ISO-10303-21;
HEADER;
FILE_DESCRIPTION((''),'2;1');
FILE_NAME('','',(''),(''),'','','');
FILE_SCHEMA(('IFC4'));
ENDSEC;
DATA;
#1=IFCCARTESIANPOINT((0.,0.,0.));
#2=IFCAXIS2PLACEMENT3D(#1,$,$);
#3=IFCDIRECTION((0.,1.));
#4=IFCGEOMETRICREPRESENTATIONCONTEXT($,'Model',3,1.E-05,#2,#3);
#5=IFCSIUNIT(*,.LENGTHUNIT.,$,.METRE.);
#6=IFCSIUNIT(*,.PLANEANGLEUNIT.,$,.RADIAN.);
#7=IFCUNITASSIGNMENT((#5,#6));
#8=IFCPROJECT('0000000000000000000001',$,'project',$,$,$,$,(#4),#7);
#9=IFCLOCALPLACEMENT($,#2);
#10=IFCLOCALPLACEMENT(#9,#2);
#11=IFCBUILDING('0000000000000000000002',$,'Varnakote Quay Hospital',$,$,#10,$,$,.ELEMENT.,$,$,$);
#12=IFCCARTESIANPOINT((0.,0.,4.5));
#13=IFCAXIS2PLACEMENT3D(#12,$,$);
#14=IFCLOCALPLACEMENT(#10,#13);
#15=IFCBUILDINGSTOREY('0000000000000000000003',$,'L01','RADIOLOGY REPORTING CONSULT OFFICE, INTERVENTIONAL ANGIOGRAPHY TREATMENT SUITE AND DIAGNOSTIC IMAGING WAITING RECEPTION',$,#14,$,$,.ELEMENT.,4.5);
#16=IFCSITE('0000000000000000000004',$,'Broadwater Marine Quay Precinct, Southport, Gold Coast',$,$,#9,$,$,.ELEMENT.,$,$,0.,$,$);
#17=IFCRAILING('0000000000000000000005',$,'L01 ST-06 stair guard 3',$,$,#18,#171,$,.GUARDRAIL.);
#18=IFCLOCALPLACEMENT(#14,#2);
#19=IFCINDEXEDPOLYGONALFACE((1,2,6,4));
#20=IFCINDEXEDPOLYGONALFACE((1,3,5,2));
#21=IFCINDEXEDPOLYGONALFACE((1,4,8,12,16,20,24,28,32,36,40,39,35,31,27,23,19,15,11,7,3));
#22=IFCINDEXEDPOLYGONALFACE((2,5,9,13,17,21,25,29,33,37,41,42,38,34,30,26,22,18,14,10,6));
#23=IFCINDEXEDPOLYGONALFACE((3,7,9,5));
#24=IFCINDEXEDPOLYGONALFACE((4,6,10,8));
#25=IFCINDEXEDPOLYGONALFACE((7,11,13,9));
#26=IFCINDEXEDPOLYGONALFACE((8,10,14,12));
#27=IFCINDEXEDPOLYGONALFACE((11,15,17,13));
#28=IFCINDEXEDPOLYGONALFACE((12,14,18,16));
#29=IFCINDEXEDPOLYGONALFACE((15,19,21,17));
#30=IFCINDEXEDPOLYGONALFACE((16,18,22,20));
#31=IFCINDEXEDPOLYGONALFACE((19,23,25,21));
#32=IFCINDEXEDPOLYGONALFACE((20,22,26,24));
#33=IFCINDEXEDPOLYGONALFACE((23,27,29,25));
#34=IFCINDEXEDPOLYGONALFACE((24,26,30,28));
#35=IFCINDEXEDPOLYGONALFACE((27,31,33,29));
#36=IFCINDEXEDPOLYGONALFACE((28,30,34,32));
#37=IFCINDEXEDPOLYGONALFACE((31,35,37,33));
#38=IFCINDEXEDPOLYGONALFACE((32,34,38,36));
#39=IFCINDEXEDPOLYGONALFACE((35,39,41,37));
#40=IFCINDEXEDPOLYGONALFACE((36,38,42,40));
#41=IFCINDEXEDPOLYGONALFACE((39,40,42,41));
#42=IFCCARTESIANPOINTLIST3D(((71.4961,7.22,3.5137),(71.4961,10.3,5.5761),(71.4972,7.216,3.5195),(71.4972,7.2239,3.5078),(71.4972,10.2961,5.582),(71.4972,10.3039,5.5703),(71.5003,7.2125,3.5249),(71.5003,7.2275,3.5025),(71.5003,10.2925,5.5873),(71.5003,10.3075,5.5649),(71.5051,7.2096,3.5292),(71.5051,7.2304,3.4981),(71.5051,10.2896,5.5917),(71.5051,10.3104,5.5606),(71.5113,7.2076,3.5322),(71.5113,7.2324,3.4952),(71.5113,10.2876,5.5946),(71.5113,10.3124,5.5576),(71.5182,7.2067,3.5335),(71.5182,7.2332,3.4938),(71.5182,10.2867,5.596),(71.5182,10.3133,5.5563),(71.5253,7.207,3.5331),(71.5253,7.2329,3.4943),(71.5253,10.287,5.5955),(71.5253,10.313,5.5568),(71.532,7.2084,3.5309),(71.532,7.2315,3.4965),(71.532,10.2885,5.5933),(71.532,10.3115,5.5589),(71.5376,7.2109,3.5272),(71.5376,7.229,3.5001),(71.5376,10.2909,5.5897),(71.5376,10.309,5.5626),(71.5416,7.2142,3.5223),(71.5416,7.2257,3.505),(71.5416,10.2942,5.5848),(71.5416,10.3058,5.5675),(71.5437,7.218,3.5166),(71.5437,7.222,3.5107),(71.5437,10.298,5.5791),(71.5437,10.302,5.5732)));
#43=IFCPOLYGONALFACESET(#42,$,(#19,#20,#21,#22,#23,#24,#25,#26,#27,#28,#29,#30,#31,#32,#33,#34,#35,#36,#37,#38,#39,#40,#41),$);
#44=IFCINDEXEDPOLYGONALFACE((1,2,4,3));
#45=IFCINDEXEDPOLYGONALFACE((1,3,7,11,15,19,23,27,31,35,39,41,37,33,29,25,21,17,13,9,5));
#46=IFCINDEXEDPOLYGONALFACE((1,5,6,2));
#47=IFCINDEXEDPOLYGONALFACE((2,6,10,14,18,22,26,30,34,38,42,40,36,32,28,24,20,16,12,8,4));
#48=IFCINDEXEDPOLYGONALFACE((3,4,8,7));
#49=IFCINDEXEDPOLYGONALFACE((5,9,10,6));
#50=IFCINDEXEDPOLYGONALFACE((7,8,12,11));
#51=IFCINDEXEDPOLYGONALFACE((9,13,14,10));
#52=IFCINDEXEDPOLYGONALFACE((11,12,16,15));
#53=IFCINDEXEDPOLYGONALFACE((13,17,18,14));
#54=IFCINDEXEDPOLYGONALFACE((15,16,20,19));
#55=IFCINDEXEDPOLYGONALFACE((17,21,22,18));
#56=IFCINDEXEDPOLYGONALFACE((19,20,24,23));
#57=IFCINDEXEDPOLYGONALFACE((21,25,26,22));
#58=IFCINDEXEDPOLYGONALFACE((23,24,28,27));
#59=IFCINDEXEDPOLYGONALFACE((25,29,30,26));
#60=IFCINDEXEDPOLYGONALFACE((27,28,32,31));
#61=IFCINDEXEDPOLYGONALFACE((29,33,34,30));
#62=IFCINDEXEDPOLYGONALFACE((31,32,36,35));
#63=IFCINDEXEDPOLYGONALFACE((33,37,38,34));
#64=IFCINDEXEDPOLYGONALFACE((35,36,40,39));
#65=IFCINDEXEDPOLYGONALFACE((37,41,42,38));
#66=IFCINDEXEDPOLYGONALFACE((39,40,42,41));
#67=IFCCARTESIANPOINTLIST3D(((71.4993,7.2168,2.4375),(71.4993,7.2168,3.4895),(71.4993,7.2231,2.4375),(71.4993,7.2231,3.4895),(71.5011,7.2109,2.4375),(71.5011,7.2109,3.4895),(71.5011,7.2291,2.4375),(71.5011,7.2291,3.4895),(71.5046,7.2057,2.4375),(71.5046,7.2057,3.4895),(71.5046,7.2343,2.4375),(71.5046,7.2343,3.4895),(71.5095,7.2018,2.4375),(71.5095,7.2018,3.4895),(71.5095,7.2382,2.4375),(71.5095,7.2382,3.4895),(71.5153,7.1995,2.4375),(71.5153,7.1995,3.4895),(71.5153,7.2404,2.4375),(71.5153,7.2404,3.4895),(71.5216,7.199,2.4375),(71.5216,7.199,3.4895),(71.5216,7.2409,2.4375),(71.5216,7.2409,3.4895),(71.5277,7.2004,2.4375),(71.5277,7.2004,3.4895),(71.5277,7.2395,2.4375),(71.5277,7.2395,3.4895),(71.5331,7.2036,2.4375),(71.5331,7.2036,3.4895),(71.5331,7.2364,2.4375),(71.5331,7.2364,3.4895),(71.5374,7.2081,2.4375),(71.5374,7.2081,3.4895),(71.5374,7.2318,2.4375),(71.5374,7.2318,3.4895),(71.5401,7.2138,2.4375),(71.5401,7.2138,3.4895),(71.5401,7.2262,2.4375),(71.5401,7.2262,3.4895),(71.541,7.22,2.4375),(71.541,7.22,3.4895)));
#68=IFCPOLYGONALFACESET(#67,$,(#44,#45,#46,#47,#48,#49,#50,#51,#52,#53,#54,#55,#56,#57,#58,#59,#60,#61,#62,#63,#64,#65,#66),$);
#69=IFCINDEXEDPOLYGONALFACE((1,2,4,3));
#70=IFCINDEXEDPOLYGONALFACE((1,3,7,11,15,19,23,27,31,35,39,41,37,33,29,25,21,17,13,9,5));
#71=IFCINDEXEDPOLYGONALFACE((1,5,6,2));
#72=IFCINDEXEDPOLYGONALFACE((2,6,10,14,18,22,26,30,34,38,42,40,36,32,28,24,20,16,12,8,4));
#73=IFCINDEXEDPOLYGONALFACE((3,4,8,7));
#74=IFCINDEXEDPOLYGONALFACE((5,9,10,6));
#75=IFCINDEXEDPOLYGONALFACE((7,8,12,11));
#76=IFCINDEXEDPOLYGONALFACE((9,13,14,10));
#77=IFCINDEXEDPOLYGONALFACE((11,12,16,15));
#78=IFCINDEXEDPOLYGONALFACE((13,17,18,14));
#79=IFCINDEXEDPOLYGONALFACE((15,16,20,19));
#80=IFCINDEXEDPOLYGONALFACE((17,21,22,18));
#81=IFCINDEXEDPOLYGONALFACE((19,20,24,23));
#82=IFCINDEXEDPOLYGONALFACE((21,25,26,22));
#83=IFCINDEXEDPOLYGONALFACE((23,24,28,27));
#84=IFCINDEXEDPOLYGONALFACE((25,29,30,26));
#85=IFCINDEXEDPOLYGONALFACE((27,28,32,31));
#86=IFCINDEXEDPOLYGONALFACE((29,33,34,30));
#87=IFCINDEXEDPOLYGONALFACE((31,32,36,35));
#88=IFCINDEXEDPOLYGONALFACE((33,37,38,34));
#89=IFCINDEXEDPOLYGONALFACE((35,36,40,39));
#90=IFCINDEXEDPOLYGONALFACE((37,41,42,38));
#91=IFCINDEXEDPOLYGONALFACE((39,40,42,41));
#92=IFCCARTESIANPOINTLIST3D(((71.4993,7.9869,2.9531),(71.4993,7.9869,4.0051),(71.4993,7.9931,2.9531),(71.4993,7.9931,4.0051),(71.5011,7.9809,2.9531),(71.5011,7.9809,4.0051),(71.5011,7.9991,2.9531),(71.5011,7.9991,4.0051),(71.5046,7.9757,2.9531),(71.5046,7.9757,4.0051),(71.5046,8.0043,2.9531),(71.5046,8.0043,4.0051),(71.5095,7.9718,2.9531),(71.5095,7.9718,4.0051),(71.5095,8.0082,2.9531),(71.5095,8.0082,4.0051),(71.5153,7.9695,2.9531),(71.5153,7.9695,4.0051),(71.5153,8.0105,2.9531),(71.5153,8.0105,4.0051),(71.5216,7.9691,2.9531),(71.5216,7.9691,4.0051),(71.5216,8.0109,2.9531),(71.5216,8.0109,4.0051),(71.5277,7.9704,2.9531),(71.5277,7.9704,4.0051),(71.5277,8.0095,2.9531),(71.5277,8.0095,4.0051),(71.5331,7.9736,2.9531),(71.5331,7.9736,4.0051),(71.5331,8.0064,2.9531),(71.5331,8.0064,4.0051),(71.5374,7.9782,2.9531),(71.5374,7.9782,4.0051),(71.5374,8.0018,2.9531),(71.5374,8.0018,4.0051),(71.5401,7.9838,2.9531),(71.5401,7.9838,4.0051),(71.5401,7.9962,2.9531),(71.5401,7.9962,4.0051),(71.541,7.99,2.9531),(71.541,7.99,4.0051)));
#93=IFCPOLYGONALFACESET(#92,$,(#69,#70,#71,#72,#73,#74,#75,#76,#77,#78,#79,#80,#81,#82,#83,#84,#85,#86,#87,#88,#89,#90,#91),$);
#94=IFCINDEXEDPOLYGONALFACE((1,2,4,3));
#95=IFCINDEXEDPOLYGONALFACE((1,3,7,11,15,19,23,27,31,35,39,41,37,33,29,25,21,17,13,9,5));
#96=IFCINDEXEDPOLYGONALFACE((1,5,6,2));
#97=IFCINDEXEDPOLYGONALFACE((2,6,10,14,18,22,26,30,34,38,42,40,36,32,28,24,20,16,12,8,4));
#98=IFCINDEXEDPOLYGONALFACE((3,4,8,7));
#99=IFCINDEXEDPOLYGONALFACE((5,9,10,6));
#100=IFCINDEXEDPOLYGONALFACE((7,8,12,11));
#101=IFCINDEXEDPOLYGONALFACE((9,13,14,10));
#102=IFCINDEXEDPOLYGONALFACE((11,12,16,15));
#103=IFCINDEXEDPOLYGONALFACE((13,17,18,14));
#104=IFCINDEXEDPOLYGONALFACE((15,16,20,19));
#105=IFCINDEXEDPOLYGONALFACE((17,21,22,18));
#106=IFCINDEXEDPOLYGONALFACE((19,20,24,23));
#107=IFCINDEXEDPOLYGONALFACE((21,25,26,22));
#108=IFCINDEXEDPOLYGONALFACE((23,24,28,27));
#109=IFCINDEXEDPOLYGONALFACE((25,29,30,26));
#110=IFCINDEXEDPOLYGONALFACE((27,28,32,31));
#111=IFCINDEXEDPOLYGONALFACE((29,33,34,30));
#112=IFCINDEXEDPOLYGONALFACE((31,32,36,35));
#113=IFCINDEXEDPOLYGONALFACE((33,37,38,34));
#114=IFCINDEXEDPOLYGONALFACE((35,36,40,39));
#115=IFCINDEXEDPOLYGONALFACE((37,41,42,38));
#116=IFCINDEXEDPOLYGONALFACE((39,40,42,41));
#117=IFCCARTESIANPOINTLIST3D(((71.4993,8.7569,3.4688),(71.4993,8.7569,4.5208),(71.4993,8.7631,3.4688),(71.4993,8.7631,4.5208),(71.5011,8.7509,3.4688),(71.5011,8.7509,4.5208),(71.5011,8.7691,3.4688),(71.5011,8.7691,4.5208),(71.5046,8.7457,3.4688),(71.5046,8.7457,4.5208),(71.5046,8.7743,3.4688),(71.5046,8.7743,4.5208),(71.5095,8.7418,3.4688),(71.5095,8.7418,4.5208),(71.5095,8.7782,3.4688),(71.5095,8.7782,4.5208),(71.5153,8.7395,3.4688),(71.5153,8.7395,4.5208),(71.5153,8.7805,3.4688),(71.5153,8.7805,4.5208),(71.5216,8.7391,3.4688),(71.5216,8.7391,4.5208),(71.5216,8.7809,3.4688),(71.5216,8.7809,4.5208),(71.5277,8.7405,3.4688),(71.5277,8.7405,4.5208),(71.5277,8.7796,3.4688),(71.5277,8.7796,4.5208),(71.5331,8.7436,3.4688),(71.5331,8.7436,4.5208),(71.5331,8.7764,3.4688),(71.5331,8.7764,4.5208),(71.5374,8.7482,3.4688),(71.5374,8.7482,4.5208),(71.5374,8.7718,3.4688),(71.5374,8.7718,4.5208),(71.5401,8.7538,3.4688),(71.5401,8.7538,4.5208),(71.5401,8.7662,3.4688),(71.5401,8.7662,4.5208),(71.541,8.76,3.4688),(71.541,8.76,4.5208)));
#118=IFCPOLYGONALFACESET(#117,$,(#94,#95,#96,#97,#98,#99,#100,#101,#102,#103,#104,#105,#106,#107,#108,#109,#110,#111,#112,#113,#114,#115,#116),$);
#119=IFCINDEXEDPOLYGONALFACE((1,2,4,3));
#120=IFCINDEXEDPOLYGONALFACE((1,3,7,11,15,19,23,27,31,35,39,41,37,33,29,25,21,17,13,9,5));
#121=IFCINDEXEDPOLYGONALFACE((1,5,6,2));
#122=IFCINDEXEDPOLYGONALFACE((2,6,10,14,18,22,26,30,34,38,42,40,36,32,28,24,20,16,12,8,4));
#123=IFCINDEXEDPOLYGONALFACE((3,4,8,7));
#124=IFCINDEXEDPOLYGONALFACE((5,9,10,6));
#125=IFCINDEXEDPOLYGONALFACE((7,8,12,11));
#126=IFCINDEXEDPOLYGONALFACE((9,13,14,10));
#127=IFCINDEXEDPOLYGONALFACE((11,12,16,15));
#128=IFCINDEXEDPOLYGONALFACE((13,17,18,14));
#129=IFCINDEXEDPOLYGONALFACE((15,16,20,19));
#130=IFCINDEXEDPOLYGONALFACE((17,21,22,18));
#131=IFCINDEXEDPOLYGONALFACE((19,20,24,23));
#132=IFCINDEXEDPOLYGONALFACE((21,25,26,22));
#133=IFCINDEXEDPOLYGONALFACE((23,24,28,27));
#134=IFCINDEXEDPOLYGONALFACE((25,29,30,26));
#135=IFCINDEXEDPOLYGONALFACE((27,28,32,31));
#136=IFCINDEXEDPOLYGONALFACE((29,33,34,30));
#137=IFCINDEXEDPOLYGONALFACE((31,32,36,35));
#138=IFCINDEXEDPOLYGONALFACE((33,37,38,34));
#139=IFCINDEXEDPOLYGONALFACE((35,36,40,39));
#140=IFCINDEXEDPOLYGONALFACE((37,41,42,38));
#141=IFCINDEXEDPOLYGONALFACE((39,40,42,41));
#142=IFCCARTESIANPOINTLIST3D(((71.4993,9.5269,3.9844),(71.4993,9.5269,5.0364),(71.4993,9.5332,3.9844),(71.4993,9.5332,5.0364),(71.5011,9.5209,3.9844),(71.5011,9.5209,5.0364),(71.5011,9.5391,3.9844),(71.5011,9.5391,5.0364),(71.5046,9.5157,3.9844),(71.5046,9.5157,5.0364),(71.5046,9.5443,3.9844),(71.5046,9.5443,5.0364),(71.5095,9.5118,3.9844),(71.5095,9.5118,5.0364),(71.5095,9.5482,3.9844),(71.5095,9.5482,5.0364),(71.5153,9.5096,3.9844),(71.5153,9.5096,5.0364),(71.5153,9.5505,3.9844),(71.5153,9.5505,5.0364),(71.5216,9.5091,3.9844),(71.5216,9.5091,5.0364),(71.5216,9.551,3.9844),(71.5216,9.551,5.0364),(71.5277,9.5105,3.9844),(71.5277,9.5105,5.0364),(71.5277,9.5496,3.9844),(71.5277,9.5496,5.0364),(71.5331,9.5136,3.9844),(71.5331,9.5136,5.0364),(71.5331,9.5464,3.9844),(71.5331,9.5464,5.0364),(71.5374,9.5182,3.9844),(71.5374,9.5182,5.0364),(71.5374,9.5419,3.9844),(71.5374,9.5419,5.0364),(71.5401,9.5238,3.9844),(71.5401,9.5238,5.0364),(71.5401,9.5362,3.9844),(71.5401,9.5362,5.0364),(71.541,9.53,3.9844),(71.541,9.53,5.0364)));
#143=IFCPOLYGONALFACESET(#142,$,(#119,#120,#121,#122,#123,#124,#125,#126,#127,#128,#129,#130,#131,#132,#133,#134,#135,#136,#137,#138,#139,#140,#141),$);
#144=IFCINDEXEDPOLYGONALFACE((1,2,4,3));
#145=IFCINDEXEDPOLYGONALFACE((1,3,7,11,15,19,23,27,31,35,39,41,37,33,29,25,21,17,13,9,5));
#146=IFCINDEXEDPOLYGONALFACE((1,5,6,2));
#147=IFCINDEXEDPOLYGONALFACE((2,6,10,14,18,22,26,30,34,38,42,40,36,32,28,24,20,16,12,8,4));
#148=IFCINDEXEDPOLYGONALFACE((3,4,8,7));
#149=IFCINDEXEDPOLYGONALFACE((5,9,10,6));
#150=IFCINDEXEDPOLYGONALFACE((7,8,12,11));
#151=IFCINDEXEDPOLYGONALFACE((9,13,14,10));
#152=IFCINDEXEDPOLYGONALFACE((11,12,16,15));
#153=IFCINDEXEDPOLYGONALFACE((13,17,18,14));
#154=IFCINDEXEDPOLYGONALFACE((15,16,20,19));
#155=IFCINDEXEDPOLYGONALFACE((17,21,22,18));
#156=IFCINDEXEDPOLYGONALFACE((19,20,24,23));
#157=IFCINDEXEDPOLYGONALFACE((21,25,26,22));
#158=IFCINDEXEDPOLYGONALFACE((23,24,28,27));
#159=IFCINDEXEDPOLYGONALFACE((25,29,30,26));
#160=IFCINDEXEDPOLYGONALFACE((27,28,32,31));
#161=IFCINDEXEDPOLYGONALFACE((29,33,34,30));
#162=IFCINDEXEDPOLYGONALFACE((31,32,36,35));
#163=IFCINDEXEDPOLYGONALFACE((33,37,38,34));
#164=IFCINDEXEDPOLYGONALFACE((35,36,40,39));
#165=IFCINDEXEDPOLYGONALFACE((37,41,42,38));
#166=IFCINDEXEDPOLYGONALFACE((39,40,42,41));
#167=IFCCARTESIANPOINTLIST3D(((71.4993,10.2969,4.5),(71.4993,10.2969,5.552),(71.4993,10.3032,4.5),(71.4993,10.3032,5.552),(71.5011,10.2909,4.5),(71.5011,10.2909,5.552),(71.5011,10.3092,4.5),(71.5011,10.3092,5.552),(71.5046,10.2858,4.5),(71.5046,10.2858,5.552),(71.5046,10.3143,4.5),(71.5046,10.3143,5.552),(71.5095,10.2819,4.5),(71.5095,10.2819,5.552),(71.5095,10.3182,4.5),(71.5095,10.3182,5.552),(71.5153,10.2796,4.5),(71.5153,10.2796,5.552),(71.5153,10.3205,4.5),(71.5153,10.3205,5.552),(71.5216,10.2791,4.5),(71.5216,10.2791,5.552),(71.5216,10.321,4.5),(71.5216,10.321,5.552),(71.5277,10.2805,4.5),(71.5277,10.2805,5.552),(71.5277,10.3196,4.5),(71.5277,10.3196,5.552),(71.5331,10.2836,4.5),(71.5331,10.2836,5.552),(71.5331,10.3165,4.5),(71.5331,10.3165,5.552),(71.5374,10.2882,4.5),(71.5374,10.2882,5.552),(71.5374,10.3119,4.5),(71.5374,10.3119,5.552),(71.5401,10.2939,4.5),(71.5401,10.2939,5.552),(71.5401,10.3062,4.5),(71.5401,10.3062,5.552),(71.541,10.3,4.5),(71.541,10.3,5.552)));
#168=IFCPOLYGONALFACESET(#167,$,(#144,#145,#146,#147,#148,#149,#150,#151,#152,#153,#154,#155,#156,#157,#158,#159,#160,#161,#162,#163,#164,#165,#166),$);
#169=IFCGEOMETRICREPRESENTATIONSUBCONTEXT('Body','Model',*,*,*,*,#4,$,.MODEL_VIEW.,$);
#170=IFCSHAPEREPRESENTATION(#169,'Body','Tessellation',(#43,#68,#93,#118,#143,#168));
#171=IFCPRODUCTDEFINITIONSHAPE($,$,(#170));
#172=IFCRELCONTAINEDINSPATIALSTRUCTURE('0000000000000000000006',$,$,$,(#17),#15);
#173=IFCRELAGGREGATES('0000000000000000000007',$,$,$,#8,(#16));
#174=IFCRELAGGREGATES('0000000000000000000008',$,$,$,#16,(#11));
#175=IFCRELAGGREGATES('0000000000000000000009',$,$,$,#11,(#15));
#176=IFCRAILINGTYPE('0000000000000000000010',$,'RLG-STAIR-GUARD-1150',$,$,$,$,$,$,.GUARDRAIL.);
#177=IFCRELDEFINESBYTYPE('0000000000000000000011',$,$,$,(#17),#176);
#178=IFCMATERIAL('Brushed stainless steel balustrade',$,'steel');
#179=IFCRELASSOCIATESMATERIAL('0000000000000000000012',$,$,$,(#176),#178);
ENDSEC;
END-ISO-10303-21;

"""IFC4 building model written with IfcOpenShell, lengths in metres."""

from ifc_helpers import new_model, si_unit, direction, frame, origin, origin_2d, place, context, subcontext, project, spatial, circle, extrude, material, type_object, element, save


model = new_model("IFC4")

# Units and contexts
model_context = context("Model", 3, precision=1e-05, world=origin(), true_north=direction((0.0, 1.0)))
body_context = subcontext(model_context, "Body", "Model", "MODEL_VIEW")
ifc_project = project(units=[si_unit("LENGTHUNIT", "METRE"), si_unit("PLANEANGLEUNIT", "RADIAN")], contexts=[model_context])

# Site, building, storey
site_placement = place(None, origin())
site = spatial("IfcSite", under=ifc_project, at=site_placement, Name="Broadwater Marine Quay Precinct, Southport, Gold Coast", CompositionType="ELEMENT", RefElevation=0.0)
building_placement = place(site_placement, origin())
building = spatial("IfcBuilding", under=site, at=building_placement, Name="Varnakote Quay Hospital", CompositionType="ELEMENT")
storey_placement = place(building_placement, frame((0.0, 0.0, 4.5)))
storey = spatial("IfcBuildingStorey", under=building, at=storey_placement, Name="L01", Description="RADIOLOGY REPORTING CONSULT OFFICE, INTERVENTIONAL ANGIOGRAPHY TREATMENT SUITE AND DIAGNOSTIC IMAGING WAITING RECEPTION", CompositionType="ELEMENT", Elevation=4.5)

# Railing
ifc_material_1 = material(Name="Brushed stainless steel balustrade", Category="steel")
railing_type_1 = type_object("IfcRailingType", Name="RLG-STAIR-GUARD-1150", PredefinedType="GUARDRAIL", material=ifc_material_1)
railing_1_placement = place(storey_placement, frame((71.52, 7.22, 2.4375)))
element("IfcRailing", 1, at=railing_1_placement, inside=storey, type_object=railing_type_1, Name="L01 ST-06 stair guard 3", PredefinedType="GUARDRAIL", context=body_context, shape_type="SweptSolid", body=[
    extrude(circle(Radius=0.0239, at=origin_2d()), frame((0.0, 0.0, 1.0762), z_axis=(0.0, 0.830914, 0.556401), x_axis=(-1.0, 0.0, 0.0)), (0.0, 0.0, 1.0), 3.7068),
    extrude(circle(Radius=0.021, at=origin_2d()), origin(), (0.0, 0.0, 1.0), 1.052),
    extrude(circle(Radius=0.021, at=origin_2d()), frame((0.0, 0.77, 0.5156)), (0.0, 0.0, 1.0), 1.052),
    extrude(circle(Radius=0.021, at=origin_2d()), frame((0.0, 1.54, 1.0312)), (0.0, 0.0, 1.0), 1.052),
    extrude(circle(Radius=0.021, at=origin_2d()), frame((0.0, 2.3101, 1.5469)), (0.0, 0.0, 1.0), 1.052),
    extrude(circle(Radius=0.021, at=origin_2d()), frame((0.0, 3.0801, 2.0625)), (0.0, 0.0, 1.0), 1.052),
])

save(model, "model.ifc")
